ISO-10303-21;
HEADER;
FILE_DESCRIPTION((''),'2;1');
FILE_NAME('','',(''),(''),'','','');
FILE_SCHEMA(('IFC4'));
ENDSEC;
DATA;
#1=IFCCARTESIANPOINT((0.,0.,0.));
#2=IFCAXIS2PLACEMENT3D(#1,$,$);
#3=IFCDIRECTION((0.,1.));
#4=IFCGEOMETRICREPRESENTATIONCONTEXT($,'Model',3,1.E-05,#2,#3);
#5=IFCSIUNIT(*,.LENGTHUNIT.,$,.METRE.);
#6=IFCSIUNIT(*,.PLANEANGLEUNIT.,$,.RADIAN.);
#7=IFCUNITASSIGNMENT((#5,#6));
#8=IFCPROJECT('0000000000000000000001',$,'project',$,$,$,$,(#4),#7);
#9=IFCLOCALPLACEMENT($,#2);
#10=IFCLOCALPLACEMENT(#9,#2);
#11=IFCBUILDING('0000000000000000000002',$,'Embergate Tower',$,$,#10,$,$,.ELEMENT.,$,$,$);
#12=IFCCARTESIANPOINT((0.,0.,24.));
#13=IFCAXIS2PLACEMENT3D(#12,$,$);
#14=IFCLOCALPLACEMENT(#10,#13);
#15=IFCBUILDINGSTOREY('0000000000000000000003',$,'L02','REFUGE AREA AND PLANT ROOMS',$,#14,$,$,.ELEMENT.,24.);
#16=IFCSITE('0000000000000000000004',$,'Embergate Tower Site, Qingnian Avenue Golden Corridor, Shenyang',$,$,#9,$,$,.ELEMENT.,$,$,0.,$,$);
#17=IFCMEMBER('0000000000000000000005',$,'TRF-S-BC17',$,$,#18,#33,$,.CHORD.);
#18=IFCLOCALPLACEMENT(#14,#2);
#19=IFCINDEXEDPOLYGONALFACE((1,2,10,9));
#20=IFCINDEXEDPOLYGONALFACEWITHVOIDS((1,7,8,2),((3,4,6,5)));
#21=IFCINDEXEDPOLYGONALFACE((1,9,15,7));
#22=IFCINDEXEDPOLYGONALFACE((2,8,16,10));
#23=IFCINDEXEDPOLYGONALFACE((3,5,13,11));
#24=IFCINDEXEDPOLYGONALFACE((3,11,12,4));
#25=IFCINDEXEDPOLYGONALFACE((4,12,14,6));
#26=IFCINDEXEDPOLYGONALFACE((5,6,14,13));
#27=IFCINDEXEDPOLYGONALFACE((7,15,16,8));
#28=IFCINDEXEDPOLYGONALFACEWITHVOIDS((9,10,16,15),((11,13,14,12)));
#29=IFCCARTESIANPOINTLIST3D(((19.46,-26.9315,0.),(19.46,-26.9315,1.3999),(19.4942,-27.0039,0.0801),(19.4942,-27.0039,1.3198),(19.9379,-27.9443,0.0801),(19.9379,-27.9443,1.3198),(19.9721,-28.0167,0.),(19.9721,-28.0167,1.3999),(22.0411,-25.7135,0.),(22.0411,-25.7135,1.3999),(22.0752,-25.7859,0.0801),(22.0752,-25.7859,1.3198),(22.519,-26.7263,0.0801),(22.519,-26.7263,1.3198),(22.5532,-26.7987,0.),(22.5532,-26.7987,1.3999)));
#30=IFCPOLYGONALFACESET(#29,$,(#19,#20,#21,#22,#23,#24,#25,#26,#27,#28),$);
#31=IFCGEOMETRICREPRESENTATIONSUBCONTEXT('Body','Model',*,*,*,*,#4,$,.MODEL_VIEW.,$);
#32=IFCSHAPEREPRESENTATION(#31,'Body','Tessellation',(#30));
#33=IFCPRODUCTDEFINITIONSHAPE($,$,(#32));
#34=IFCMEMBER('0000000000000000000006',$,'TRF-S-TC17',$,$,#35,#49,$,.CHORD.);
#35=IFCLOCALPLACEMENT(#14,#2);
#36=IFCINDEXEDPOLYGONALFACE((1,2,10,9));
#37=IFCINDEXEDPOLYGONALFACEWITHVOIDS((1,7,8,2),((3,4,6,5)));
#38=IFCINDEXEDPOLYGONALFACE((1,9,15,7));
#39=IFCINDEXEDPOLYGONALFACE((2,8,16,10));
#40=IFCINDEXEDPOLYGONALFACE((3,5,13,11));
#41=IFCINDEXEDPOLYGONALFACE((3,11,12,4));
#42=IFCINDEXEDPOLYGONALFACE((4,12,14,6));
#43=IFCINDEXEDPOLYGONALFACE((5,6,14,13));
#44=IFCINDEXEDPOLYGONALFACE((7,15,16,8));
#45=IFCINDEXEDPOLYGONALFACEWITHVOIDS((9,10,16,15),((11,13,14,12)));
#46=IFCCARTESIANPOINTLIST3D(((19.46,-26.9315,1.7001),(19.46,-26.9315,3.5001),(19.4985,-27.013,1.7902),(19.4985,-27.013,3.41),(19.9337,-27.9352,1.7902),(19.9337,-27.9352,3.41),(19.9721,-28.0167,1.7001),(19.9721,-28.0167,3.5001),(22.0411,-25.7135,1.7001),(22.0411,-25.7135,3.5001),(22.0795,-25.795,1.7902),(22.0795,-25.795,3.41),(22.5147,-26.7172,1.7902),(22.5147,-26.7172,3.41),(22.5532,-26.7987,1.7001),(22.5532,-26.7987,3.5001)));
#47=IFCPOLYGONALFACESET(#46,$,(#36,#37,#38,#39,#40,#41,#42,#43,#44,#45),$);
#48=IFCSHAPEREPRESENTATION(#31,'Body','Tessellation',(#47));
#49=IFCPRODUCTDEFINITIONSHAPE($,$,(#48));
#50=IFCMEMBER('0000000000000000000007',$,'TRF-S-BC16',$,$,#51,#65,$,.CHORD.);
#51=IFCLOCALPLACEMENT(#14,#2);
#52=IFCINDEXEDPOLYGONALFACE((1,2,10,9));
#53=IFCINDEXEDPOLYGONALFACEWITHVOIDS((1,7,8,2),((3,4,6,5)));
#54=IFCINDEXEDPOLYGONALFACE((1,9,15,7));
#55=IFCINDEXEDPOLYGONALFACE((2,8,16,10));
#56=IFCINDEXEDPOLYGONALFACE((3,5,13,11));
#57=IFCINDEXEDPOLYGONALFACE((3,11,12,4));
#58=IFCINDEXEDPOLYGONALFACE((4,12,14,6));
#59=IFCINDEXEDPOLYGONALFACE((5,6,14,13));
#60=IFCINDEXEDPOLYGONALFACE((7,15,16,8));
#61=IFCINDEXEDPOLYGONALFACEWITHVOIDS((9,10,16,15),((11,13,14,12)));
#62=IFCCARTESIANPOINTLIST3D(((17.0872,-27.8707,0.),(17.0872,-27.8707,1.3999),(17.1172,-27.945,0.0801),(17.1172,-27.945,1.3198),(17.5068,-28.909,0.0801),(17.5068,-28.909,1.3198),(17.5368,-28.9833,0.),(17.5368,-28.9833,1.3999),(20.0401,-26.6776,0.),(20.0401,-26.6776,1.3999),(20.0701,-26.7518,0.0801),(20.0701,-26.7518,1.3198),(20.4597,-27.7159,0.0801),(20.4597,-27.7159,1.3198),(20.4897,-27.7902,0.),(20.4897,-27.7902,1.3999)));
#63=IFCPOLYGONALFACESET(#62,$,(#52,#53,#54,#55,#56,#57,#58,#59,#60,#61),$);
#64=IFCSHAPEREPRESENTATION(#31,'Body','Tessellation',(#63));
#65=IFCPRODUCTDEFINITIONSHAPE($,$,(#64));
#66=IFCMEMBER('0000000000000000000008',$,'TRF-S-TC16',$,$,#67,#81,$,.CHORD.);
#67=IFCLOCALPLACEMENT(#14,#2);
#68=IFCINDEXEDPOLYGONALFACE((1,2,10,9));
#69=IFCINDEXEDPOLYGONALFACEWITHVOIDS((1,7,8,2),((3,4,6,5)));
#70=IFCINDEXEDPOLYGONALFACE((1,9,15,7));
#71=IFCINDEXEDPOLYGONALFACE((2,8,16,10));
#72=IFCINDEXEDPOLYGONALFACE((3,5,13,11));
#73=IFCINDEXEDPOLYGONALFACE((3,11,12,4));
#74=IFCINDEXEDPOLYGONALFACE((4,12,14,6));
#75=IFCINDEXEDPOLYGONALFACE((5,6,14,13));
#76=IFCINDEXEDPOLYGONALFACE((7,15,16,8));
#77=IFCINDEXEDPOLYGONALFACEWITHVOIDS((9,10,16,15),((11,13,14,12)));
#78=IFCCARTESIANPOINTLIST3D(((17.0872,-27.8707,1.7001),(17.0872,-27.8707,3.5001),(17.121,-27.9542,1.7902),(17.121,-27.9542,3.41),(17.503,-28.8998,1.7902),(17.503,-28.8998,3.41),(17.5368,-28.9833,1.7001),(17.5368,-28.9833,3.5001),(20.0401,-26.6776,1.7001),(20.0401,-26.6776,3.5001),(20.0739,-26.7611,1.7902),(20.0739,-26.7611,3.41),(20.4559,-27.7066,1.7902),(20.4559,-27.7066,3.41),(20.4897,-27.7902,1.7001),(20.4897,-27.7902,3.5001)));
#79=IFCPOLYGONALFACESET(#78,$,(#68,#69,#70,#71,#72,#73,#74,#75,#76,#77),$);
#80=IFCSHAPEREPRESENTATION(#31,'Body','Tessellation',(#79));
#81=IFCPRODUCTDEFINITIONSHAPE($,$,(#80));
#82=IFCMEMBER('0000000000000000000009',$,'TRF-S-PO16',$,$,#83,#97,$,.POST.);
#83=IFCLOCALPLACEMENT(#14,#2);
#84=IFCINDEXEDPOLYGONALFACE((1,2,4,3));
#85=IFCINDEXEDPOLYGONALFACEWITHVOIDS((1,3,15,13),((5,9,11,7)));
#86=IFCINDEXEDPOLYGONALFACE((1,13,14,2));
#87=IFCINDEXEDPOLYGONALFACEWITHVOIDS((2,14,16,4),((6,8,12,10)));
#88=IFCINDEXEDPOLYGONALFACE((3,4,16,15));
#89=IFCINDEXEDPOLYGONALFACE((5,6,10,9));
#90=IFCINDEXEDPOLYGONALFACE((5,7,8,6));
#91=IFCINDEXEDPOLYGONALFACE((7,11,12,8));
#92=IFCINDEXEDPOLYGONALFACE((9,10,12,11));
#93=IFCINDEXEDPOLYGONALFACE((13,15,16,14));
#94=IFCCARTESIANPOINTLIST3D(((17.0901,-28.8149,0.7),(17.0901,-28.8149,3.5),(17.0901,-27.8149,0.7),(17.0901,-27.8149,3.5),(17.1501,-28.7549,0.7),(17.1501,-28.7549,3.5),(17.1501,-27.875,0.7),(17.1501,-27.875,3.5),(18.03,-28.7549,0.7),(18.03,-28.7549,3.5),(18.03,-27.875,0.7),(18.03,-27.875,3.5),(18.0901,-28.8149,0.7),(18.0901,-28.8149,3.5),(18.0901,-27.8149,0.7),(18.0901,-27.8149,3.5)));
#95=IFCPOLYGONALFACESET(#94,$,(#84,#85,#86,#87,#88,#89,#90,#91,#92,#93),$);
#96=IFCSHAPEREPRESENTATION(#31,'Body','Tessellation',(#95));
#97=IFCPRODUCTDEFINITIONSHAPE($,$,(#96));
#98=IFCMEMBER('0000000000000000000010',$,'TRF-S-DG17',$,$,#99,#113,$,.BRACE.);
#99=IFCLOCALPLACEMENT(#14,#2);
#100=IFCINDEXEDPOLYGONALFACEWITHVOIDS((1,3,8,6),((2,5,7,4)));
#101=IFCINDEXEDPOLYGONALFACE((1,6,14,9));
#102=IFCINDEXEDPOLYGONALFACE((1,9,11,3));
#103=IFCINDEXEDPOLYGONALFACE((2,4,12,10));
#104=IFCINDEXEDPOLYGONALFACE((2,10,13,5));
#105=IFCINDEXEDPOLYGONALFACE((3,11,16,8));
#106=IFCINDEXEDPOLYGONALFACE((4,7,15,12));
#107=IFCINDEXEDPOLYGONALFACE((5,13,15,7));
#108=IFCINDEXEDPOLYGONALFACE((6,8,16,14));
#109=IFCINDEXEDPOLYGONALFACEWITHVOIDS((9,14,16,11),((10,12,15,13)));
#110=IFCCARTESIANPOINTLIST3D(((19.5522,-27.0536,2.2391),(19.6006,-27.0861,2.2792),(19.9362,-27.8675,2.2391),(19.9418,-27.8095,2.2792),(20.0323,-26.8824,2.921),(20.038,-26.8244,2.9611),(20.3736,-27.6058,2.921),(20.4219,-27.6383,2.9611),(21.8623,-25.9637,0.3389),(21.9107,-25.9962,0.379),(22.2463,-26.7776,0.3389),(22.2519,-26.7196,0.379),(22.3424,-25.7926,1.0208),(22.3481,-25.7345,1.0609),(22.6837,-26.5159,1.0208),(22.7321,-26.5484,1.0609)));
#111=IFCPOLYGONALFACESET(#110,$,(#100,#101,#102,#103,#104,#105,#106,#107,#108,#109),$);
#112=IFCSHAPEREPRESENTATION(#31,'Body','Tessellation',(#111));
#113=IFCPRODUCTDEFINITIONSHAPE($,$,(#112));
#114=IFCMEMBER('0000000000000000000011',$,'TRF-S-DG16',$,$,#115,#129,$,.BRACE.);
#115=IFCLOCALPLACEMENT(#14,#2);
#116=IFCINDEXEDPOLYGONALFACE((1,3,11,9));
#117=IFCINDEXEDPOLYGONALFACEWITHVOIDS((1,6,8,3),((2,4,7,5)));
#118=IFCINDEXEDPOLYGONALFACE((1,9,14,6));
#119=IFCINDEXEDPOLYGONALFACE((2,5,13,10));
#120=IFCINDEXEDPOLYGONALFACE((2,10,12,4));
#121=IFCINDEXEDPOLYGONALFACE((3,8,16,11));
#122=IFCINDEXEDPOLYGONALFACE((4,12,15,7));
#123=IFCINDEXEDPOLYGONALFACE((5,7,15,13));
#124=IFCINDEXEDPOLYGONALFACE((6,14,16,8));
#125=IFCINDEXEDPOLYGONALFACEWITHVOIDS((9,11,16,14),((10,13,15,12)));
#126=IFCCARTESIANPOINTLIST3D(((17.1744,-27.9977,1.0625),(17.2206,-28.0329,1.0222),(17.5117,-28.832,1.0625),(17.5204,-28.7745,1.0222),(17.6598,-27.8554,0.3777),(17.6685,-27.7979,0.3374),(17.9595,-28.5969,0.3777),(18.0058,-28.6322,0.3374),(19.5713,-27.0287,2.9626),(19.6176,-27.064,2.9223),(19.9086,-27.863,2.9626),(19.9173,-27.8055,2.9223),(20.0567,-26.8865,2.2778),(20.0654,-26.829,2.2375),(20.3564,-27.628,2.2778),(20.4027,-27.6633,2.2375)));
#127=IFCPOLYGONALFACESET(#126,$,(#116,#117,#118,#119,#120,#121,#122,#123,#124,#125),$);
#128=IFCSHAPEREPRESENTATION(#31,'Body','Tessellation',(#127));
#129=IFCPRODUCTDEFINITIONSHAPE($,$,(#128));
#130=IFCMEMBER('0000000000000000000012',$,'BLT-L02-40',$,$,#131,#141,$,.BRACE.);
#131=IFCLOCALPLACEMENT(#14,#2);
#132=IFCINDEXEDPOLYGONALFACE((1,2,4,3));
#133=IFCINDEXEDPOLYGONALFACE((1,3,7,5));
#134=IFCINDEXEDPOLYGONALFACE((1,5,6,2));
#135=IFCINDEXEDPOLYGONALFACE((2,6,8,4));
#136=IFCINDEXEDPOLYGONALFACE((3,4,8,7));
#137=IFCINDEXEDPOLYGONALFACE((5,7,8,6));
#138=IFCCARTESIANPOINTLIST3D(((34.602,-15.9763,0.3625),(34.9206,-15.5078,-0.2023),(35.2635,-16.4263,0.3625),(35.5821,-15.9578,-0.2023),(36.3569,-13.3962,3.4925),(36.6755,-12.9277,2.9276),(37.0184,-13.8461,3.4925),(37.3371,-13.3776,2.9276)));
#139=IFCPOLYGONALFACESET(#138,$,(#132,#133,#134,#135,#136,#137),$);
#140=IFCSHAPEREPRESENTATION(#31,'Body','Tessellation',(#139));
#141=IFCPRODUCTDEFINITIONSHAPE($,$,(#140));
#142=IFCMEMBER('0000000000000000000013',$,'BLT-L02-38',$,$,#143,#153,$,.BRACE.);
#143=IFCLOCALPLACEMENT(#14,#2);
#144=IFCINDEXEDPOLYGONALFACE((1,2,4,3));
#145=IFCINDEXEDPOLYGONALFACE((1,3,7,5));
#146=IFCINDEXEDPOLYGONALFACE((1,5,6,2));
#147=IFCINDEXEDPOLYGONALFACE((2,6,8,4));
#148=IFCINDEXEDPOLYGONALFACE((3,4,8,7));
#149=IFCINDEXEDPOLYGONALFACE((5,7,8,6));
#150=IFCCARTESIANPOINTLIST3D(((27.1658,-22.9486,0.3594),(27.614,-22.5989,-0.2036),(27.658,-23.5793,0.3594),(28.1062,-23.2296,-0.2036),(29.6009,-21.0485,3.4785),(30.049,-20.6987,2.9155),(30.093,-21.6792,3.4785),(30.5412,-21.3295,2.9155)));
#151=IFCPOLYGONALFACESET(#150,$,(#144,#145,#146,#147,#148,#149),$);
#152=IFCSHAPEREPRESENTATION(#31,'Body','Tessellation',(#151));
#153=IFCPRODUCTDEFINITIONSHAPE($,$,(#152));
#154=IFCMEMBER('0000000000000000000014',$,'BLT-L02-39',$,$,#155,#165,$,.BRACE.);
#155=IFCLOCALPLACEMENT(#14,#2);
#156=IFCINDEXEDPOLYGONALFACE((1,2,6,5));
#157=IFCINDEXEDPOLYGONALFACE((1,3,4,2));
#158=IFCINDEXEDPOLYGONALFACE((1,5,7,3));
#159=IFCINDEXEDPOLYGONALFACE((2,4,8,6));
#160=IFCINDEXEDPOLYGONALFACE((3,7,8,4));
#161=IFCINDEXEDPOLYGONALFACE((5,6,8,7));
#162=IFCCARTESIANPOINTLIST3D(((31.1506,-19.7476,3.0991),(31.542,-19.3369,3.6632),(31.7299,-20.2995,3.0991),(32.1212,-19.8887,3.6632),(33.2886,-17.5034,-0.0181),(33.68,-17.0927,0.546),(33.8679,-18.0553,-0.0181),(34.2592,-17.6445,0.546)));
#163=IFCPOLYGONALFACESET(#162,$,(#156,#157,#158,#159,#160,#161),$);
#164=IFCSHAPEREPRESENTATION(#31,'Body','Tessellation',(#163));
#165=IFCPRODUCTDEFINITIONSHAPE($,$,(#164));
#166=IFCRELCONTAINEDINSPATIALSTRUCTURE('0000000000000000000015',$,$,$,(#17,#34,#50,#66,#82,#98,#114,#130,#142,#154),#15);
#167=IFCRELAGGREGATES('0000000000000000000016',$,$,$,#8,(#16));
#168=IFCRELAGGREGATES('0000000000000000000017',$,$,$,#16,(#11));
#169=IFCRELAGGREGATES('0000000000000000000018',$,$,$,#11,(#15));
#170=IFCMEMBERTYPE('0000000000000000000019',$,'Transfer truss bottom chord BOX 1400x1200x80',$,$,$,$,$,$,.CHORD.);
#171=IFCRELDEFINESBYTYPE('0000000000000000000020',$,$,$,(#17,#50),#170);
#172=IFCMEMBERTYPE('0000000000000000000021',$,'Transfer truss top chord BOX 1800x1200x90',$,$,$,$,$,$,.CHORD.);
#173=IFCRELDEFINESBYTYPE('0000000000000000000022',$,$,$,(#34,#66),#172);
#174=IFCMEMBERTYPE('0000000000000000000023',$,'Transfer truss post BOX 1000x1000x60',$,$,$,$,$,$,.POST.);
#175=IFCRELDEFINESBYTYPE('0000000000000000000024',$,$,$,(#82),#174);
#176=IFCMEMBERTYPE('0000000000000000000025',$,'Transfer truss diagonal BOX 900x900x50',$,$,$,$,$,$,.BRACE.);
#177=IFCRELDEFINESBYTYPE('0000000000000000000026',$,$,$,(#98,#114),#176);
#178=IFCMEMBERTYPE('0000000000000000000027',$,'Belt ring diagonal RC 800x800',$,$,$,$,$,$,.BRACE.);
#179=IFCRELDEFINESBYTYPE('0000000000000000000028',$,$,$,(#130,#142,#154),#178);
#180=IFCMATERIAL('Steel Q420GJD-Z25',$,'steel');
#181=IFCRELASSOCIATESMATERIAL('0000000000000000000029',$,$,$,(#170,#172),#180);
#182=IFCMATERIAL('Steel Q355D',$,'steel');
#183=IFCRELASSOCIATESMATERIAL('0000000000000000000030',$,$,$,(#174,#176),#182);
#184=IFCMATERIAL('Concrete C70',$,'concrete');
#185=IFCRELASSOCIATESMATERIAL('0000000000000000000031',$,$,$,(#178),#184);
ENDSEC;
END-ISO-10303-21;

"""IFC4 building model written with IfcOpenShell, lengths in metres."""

from ifc_helpers import new_model, si_unit, direction, frame, origin, origin_2d, place, context, subcontext, project, spatial, rectangle, hollow_rectangle, extrude, source, transform, mapped, material, material_profile, profile_set, type_object, element, save


model = new_model("IFC4")

# Units and contexts
model_context = context("Model", 3, precision=1e-05, world=origin(), true_north=direction((0.0, 1.0)))
body_context = subcontext(model_context, "Body", "Model", "MODEL_VIEW")
ifc_project = project(units=[si_unit("LENGTHUNIT", "METRE"), si_unit("PLANEANGLEUNIT", "RADIAN")], contexts=[model_context])

# Site, building, storey
site_placement = place(None, origin())
site = spatial("IfcSite", under=ifc_project, at=site_placement, Name="Embergate Tower Site, Qingnian Avenue Golden Corridor, Shenyang", CompositionType="ELEMENT", RefElevation=0.0)
building_placement = place(site_placement, origin())
building = spatial("IfcBuilding", under=site, at=building_placement, Name="Embergate Tower", CompositionType="ELEMENT")
storey_placement = place(building_placement, frame((0.0, 0.0, 24.0)))
storey = spatial("IfcBuildingStorey", under=building, at=storey_placement, Name="L02", Description="REFUGE AREA AND PLANT ROOMS", CompositionType="ELEMENT", Elevation=24.0)

# Shared definitions
ifc_material_1 = material(Name="Concrete C70", Category="concrete")

# Members
ifc_material_2 = material(Name="Steel Q420GJD-Z25", Category="steel")
ifc_material_profile_1 = material_profile(ifc_material_2, hollow_rectangle(XDim=1.2, YDim=1.3999, WallThickness=0.0801, at=origin_2d()), Name="BOX 1400x1200x80")
ifc_profile_set_1 = profile_set([ifc_material_profile_1], Name="Steel Q420 grade GJD-Z25")
member_type_1 = type_object("IfcMemberType", Name="Transfer truss bottom chord BOX 1400x1200x80", PredefinedType="CHORD", material=ifc_profile_set_1)
shared_shape_1 = source(origin(), body_context, "Body", "SweptSolid", [
    extrude(hollow_rectangle(XDim=1.2, YDim=1.3999, WallThickness=0.0801, at=origin_2d()), origin(), (0.0, 0.0, 1.0), 2.854),
])
member_1_placement = place(storey_placement, frame((19.7161, -27.4741, 0.7), z_axis=(0.904359, 0.426773, 0.0), x_axis=(-0.426773, 0.904359, 0.0)))
element("IfcMember", 1, at=member_1_placement, inside=storey, type_object=member_type_1, Name="TRF-S-BC17", PredefinedType="CHORD", context=body_context, shape_type="MappedRepresentation", body=[
    mapped(shared_shape_1, transform((0.0, 0.0, 0.0))),
])
ifc_material_profile_2 = material_profile(ifc_material_2, hollow_rectangle(XDim=1.2, YDim=1.8, WallThickness=0.0901, at=origin_2d()), Name="BOX 1800x1200x90")
ifc_profile_set_2 = profile_set([ifc_material_profile_2], Name="Steel Q420 grade GJD-Z25")
member_type_2 = type_object("IfcMemberType", Name="Transfer truss top chord BOX 1800x1200x90", PredefinedType="CHORD", material=ifc_profile_set_2)
shared_shape_2 = source(origin(), body_context, "Body", "SweptSolid", [
    extrude(hollow_rectangle(XDim=1.2, YDim=1.8, WallThickness=0.0901, at=origin_2d()), origin(), (0.0, 0.0, 1.0), 2.854),
])
member_2_placement = place(storey_placement, frame((19.7161, -27.4741, 2.6001), z_axis=(0.904359, 0.426773, 0.0), x_axis=(-0.426773, 0.904359, 0.0)))
element("IfcMember", 2, at=member_2_placement, inside=storey, type_object=member_type_2, Name="TRF-S-TC17", PredefinedType="CHORD", context=body_context, shape_type="MappedRepresentation", body=[
    mapped(shared_shape_2, transform((0.0, 0.0, 0.0))),
])
shared_shape_3 = source(origin(), body_context, "Body", "SweptSolid", [
    extrude(hollow_rectangle(XDim=1.2, YDim=1.3999, WallThickness=0.0801, at=origin_2d()), origin(), (0.0, 0.0, 1.0), 3.1848),
])
member_3_placement = place(storey_placement, frame((17.312, -28.427, 0.7), z_axis=(0.927176, 0.374627, 0.0), x_axis=(-0.374627, 0.927176, 0.0)))
element("IfcMember", 3, at=member_3_placement, inside=storey, type_object=member_type_1, Name="TRF-S-BC16", PredefinedType="CHORD", context=body_context, shape_type="MappedRepresentation", body=[
    mapped(shared_shape_3, transform((0.0, 0.0, 0.0))),
])
shared_shape_4 = source(origin(), body_context, "Body", "SweptSolid", [
    extrude(hollow_rectangle(XDim=1.2, YDim=1.8, WallThickness=0.0901, at=origin_2d()), origin(), (0.0, 0.0, 1.0), 3.1848),
])
member_4_placement = place(storey_placement, frame((17.312, -28.427, 2.6001), z_axis=(0.927176, 0.374627, 0.0), x_axis=(-0.374627, 0.927176, 0.0)))
element("IfcMember", 4, at=member_4_placement, inside=storey, type_object=member_type_2, Name="TRF-S-TC16", PredefinedType="CHORD", context=body_context, shape_type="MappedRepresentation", body=[
    mapped(shared_shape_4, transform((0.0, 0.0, 0.0))),
])
ifc_material_3 = material(Name="Steel Q355D", Category="steel")
ifc_material_profile_3 = material_profile(ifc_material_3, hollow_rectangle(XDim=1.0, YDim=1.0, WallThickness=0.0601, at=origin_2d()), Name="BOX 1000x1000x60")
ifc_profile_set_3 = profile_set([ifc_material_profile_3], Name="Steel Q355 grade D")
member_type_3 = type_object("IfcMemberType", Name="Transfer truss post BOX 1000x1000x60", PredefinedType="POST", material=ifc_profile_set_3)
shared_shape_5 = source(origin(), body_context, "Body", "SweptSolid", [
    extrude(hollow_rectangle(XDim=1.0, YDim=1.0, WallThickness=0.0601, at=origin_2d()), origin(), (0.0, 0.0, 1.0), 2.8),
])
member_5_placement = place(storey_placement, frame((17.5901, -28.3149, 0.7), z_axis=(0.0, 0.0, 1.0), x_axis=(1.0, 0.0, 0.0)))
element("IfcMember", 5, at=member_5_placement, inside=storey, type_object=member_type_3, Name="TRF-S-PO16", PredefinedType="POST", context=body_context, shape_type="MappedRepresentation", body=[
    mapped(shared_shape_5, transform((0.0, 0.0, 0.0))),
])
ifc_material_profile_4 = material_profile(ifc_material_3, hollow_rectangle(XDim=0.8999, YDim=0.8999, WallThickness=0.05, at=origin_2d()), Name="BOX 900x900x50")
ifc_profile_set_4 = profile_set([ifc_material_profile_4], Name="Steel Q355 grade D")
member_type_4 = type_object("IfcMemberType", Name="Transfer truss diagonal BOX 900x900x50", PredefinedType="BRACE", material=ifc_profile_set_4)
shared_shape_6 = source(origin(), body_context, "Body", "SweptSolid", [
    extrude(hollow_rectangle(XDim=0.8999, YDim=0.8999, WallThickness=0.05, at=origin_2d()), origin(), (0.0, 0.0, 1.0), 3.1836),
])
member_6_placement = place(storey_placement, frame((19.9871, -27.3459, 2.6001), z_axis=(0.725634, 0.342341, -0.596873), x_axis=(-0.426681, 0.904402, 0.0)))
element("IfcMember", 6, at=member_6_placement, inside=storey, type_object=member_type_4, Name="TRF-S-DG17", PredefinedType="BRACE", context=body_context, shape_type="MappedRepresentation", body=[
    mapped(shared_shape_6, transform((0.0, 0.0, 0.0))),
])
shared_shape_7 = source(origin(), body_context, "Body", "SweptSolid", [
    extrude(hollow_rectangle(XDim=0.8999, YDim=0.8999, WallThickness=0.05, at=origin_2d()), origin(), (0.0, 0.0, 1.0), 3.2085),
])
member_7_placement = place(storey_placement, frame((17.5901, -28.3149, 0.7), z_axis=(0.747051, 0.302001, 0.592208), x_axis=(-0.374791, 0.927109, 0.0)))
element("IfcMember", 7, at=member_7_placement, inside=storey, type_object=member_type_4, Name="TRF-S-DG16", PredefinedType="BRACE", context=body_context, shape_type="MappedRepresentation", body=[
    mapped(shared_shape_7, transform((0.0, 0.0, 0.0))),
])
ifc_material_profile_5 = material_profile(ifc_material_1, rectangle(XDim=0.8, YDim=0.8, at=origin_2d()), Name="RC 800x800")
ifc_profile_set_5 = profile_set([ifc_material_profile_5], Name="Concrete C70")
member_type_5 = type_object("IfcMemberType", Name="Belt ring diagonal RC 800x800", PredefinedType="BRACE", material=ifc_profile_set_5)
shared_shape_8 = source(origin(), body_context, "Body", "SweptSolid", [
    extrude(rectangle(XDim=0.8, YDim=0.8, at=origin_2d()), origin(), (0.0, 0.0, 1.0), 4.4197),
])
member_8_placement = place(storey_placement, frame((35.092, -15.967, 0.0801), z_axis=(0.397071, 0.583785, 0.708187), x_axis=(-0.826862, 0.562404, 0.0)))
element("IfcMember", 8, at=member_8_placement, inside=storey, type_object=member_type_5, Name="BLT-L02-40", PredefinedType="BRACE", context=body_context, shape_type="MappedRepresentation", body=[
    mapped(shared_shape_8, transform((0.0, 0.0, 0.0))),
])
shared_shape_9 = source(origin(), body_context, "Body", "SweptSolid", [
    extrude(rectangle(XDim=0.8, YDim=0.8, at=origin_2d()), origin(), (0.0, 0.0, 1.0), 4.3896),
])
member_9_placement = place(storey_placement, frame((27.636, -23.0891, 0.0779), z_axis=(0.554726, 0.432869, 0.710566), x_axis=(-0.615193, 0.788377, 0.0)))
element("IfcMember", 9, at=member_9_placement, inside=storey, type_object=member_type_5, Name="BLT-L02-38", PredefinedType="BRACE", context=body_context, shape_type="MappedRepresentation", body=[
    mapped(shared_shape_9, transform((0.0, 0.0, 0.0))),
])
shared_shape_10 = source(origin(), body_context, "Body", "SweptSolid", [
    extrude(rectangle(XDim=0.8, YDim=0.8, at=origin_2d()), origin(), (0.0, 0.0, 1.0), 4.396),
])
member_10_placement = place(storey_placement, frame((33.7739, -17.574, 0.2639), z_axis=(-0.48635, -0.510509, 0.709115), x_axis=(0.724031, -0.689767, 0.0)))
element("IfcMember", 10, at=member_10_placement, inside=storey, type_object=member_type_5, Name="BLT-L02-39", PredefinedType="BRACE", context=body_context, shape_type="MappedRepresentation", body=[
    mapped(shared_shape_10, transform((0.0, 0.0, 0.0))),
])

save(model, "model.ifc")
